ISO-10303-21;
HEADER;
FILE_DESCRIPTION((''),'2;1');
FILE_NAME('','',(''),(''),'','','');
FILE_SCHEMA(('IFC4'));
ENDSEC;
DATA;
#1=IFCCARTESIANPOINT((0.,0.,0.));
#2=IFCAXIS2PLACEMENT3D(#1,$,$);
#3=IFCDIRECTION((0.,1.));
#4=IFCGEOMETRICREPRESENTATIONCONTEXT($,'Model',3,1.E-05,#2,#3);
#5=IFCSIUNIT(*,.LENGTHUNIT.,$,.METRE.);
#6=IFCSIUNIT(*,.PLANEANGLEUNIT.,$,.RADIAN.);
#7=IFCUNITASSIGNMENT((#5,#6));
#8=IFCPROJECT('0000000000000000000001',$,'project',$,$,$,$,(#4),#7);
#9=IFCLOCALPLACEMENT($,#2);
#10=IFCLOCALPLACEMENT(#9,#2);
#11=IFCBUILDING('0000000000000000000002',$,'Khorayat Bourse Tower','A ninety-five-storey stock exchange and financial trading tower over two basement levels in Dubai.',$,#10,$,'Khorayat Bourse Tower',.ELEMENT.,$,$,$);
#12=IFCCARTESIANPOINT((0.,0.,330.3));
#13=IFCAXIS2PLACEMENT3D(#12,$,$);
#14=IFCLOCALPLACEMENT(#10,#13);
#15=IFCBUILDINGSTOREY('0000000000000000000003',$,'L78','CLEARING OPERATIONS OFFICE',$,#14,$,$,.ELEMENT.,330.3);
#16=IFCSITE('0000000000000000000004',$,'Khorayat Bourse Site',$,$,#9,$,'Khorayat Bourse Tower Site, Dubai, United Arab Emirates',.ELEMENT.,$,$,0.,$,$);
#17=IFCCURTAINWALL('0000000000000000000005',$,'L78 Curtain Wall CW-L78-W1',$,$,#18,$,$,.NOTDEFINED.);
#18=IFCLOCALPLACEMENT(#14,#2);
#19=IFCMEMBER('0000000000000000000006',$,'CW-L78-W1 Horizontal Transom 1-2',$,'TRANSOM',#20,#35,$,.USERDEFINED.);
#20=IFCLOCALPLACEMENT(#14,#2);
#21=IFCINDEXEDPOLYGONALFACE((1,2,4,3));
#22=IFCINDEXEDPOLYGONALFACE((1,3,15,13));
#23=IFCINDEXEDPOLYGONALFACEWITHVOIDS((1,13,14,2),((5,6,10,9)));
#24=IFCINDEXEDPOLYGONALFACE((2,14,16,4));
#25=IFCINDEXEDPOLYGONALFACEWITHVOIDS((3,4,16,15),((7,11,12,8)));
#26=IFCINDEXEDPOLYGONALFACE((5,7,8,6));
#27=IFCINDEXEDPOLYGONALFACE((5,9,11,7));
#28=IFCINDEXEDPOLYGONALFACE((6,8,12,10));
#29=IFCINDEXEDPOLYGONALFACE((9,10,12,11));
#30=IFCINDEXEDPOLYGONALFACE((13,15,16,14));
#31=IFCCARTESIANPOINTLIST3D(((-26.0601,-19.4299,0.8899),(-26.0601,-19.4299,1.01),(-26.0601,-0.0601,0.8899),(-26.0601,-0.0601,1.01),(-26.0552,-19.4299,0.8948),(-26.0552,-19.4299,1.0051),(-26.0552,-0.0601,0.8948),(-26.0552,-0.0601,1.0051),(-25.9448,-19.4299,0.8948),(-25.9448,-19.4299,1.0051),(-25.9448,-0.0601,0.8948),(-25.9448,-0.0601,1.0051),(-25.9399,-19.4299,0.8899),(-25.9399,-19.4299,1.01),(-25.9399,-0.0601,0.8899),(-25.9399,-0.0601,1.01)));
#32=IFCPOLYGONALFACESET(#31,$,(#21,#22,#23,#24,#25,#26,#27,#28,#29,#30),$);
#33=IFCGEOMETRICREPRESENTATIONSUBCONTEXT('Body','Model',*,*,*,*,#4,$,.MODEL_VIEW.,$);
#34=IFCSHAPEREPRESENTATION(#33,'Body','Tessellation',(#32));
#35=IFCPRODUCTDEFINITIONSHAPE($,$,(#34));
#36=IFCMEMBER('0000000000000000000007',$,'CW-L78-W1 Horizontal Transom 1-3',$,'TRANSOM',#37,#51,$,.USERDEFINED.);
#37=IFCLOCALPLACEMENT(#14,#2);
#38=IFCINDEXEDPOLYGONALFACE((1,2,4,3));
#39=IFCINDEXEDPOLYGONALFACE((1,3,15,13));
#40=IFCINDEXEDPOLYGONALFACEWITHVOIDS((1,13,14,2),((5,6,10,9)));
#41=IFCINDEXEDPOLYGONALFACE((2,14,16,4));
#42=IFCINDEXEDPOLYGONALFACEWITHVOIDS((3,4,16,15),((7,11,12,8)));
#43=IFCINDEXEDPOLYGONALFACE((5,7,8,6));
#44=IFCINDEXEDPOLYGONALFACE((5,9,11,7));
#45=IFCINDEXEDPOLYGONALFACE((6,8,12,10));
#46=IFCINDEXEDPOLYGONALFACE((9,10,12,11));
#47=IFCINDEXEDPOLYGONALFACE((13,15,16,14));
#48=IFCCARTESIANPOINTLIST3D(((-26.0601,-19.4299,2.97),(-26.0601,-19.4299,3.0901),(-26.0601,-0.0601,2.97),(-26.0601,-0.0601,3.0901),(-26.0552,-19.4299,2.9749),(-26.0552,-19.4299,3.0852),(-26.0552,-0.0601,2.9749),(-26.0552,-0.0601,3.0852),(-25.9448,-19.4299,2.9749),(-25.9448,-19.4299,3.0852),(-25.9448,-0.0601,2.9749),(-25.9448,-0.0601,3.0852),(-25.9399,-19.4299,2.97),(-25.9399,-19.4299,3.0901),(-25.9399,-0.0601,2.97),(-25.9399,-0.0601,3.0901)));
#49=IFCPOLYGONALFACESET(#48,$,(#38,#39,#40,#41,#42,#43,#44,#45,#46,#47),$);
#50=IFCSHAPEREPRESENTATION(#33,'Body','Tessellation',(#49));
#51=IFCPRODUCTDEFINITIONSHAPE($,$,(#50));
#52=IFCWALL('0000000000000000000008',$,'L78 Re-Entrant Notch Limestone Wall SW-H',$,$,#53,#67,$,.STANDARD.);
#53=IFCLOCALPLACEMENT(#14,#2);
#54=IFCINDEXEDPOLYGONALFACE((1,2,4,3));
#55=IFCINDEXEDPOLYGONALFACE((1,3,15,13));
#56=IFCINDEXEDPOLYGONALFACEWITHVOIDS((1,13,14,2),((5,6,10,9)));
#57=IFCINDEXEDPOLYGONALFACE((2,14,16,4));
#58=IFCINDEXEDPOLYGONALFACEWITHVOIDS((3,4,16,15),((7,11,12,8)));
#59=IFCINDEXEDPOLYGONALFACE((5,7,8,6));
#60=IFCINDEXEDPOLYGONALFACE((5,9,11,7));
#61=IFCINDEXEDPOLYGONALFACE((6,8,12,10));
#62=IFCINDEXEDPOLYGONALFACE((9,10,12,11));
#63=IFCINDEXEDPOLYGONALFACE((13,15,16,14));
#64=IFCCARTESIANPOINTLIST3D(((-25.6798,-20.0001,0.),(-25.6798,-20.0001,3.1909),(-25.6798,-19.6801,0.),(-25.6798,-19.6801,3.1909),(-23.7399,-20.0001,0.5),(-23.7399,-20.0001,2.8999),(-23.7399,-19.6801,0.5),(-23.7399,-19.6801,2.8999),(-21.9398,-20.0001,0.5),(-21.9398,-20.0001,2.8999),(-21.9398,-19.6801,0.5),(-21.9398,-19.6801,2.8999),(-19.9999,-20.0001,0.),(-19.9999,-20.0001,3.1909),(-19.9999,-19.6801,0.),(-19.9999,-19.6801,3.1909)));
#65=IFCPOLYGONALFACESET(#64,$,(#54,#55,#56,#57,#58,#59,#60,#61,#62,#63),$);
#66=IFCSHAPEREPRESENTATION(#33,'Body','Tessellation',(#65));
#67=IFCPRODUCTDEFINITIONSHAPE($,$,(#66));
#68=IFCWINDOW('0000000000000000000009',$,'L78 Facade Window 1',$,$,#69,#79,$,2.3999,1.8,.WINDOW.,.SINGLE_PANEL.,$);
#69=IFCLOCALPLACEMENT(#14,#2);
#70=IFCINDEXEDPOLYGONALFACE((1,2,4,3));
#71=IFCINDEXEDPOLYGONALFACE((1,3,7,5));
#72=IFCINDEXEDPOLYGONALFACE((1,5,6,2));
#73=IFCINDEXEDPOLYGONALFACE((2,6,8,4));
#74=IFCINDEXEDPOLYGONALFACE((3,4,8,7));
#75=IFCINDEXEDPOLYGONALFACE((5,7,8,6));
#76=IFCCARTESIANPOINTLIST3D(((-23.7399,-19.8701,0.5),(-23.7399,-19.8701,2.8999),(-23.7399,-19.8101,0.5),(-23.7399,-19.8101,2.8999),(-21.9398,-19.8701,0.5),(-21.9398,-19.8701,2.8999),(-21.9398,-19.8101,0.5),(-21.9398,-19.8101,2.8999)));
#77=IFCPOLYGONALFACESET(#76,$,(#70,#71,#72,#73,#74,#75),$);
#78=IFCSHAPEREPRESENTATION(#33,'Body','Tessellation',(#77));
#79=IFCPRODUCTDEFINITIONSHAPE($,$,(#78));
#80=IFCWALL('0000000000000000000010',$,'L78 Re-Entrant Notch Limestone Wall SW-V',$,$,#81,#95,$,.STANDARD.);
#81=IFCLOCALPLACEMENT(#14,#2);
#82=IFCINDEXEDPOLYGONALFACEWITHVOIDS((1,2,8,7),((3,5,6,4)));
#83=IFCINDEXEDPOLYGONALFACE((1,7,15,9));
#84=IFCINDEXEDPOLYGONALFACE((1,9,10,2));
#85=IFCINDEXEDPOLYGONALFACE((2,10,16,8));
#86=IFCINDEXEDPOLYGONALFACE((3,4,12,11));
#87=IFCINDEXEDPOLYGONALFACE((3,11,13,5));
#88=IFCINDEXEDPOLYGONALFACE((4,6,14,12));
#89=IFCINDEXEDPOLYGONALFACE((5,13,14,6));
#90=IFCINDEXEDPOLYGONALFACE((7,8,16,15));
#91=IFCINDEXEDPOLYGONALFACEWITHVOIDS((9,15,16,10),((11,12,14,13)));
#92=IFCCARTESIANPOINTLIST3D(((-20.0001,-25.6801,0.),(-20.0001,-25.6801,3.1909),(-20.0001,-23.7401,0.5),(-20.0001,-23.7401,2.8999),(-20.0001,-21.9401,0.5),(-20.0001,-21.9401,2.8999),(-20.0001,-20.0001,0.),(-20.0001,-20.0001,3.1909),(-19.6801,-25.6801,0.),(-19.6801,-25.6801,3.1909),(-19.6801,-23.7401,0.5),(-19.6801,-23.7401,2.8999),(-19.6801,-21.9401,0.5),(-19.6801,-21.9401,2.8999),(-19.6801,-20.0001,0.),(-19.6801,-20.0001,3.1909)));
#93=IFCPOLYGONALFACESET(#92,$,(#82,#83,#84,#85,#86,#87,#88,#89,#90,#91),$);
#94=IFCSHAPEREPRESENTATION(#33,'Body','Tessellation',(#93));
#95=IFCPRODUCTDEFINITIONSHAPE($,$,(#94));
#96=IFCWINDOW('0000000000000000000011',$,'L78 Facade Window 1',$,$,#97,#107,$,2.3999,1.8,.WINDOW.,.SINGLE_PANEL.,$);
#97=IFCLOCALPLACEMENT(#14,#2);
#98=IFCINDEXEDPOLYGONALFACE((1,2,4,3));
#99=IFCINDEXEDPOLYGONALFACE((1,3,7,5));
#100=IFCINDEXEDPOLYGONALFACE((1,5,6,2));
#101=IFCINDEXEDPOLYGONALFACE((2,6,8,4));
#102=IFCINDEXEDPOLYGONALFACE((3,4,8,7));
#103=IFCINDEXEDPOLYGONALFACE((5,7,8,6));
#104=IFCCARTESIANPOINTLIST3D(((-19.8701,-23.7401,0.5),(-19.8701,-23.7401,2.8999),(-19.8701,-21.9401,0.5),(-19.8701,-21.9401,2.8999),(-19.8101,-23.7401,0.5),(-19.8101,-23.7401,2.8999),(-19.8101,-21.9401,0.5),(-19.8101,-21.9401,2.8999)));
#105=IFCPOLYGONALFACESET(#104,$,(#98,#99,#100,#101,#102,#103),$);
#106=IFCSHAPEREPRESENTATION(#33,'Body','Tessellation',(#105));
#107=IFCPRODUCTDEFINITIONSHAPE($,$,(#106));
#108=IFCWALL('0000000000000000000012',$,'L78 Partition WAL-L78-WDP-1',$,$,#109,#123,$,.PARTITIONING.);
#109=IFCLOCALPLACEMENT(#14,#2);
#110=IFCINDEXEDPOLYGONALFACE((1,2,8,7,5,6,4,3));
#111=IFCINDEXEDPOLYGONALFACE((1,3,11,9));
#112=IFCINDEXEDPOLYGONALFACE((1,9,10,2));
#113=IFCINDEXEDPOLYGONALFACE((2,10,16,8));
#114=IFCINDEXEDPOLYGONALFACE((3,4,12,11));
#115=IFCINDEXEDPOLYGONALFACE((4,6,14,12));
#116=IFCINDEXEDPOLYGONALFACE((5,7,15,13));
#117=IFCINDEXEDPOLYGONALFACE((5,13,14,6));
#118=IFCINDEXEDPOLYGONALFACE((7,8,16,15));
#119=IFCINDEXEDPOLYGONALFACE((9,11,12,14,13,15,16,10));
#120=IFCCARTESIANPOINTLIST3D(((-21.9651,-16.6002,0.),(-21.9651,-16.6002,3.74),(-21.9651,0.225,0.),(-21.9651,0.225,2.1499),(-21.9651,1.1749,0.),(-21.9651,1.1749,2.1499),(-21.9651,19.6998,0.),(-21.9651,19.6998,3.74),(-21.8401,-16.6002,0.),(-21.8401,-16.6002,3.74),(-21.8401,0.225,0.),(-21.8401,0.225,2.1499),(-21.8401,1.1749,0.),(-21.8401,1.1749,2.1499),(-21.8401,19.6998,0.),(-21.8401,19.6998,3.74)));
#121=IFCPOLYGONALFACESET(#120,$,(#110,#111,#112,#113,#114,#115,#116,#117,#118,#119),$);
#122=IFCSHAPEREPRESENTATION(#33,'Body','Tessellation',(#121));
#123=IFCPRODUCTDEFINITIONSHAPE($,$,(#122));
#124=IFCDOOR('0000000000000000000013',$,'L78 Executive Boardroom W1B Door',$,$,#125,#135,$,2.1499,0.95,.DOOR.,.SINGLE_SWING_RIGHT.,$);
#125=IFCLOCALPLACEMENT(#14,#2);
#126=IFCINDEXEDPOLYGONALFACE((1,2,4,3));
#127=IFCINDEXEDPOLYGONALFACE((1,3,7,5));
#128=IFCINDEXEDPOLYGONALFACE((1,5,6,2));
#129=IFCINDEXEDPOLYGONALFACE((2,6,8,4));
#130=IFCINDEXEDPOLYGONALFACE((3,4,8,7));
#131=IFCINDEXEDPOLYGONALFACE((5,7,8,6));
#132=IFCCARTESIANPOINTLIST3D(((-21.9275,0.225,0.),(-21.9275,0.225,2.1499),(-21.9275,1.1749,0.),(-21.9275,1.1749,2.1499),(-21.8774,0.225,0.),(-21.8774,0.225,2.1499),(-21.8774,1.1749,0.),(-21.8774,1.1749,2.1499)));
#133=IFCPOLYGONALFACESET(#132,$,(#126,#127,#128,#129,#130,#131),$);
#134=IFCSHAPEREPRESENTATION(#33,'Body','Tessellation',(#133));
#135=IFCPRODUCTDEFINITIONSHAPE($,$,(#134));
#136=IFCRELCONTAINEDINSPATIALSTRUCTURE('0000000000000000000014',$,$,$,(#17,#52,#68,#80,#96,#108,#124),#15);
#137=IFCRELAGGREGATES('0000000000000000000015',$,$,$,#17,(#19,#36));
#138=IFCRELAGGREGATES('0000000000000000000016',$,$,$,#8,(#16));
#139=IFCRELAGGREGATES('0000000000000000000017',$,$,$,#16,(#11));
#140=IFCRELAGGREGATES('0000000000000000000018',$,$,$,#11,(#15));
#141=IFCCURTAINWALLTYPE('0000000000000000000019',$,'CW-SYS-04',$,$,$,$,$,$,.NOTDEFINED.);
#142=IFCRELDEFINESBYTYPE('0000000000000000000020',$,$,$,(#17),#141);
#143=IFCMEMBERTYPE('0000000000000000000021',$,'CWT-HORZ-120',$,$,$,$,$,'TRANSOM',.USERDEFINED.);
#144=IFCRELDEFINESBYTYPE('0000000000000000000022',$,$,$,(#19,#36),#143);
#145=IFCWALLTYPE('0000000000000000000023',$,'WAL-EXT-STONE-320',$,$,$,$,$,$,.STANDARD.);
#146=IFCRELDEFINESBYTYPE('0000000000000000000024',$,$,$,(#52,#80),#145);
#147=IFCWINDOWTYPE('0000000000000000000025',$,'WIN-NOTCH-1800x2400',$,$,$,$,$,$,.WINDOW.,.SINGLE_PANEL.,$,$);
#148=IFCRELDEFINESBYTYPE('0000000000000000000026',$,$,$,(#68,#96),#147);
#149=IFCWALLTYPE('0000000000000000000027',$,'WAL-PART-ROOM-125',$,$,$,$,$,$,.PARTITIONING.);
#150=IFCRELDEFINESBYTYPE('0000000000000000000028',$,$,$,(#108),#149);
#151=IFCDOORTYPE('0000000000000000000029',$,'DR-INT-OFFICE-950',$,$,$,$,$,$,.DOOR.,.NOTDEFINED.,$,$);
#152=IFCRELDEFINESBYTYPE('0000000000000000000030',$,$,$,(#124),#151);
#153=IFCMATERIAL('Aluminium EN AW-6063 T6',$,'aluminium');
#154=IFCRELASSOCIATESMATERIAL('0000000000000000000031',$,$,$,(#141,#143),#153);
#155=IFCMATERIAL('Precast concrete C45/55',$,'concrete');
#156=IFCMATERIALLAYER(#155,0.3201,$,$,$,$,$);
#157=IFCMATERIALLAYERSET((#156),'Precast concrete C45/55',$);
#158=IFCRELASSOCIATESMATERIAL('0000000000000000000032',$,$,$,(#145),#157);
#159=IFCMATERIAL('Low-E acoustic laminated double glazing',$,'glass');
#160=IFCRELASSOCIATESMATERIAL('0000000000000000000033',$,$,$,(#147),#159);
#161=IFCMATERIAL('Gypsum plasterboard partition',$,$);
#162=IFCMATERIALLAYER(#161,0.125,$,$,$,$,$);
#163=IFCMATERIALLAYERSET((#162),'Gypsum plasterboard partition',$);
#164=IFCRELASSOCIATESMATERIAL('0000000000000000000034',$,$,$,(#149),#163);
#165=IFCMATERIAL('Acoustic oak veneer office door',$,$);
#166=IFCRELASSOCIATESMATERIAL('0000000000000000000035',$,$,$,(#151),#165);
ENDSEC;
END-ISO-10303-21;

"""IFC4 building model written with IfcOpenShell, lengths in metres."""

from ifc_helpers import new_model, si_unit, direction, frame, frame_2d, origin, origin_2d, place, context, subcontext, project, spatial, rectangle, hollow_rectangle, extrude, source, transform, mapped, material, layer, layer_set, material_profile, profile_set, type_object, element, fill, aggregate, save


model = new_model("IFC4")

# Units and contexts
model_context = context("Model", 3, precision=1e-05, world=origin(), true_north=direction((0.0, 1.0)))
body_context = subcontext(model_context, "Body", "Model", "MODEL_VIEW")
ifc_project = project(units=[si_unit("LENGTHUNIT", "METRE"), si_unit("PLANEANGLEUNIT", "RADIAN")], contexts=[model_context])

# Site, building, storey
site_placement = place(None, origin())
site = spatial("IfcSite", under=ifc_project, at=site_placement, Name="Khorayat Bourse Site", LongName="Khorayat Bourse Tower Site, Dubai, United Arab Emirates", CompositionType="ELEMENT", RefElevation=0.0)
building_placement = place(site_placement, origin())
building = spatial("IfcBuilding", under=site, at=building_placement, Name="Khorayat Bourse Tower", Description="A ninety-five-storey stock exchange and financial trading tower over two basement levels in Dubai.", LongName="Khorayat Bourse Tower", CompositionType="ELEMENT")
storey_placement = place(building_placement, frame((0.0, 0.0, 330.3)))
storey = spatial("IfcBuildingStorey", under=building, at=storey_placement, Name="L78", Description="CLEARING OPERATIONS OFFICE", CompositionType="ELEMENT", Elevation=330.3)

# Shared definitions
ifc_material_1 = material(Name="Aluminium EN AW-6063 T6", Category="aluminium")
curtain_wall_type = type_object("IfcCurtainWallType", Name="CW-SYS-04", PredefinedType="NOTDEFINED", material=ifc_material_1)

# Curtain wall, members
curtain_wall_1_placement = place(storey_placement, origin())
curtain_wall_1 = element("IfcCurtainWall", 1, at=curtain_wall_1_placement, inside=storey, type_object=curtain_wall_type, Name="L78 Curtain Wall CW-L78-W1", PredefinedType="NOTDEFINED")
ifc_material_profile_1 = material_profile(ifc_material_1, hollow_rectangle(XDim=0.1201, YDim=0.1201, WallThickness=0.0049, at=origin_2d()), Name="ALU 120x120x5")
ifc_profile_set_1 = profile_set([ifc_material_profile_1], Name="Aluminium EN AW-6063 T6")
member_type_1 = type_object("IfcMemberType", Name="CWT-HORZ-120", ElementType="TRANSOM", PredefinedType="USERDEFINED", material=ifc_profile_set_1)
shared_shape_1 = source(origin(), body_context, "Body", "SweptSolid", [
    extrude(hollow_rectangle(XDim=0.1201, YDim=0.1201, WallThickness=0.0049, at=origin_2d()), origin(), (0.0, 0.0, 1.0), 19.3699),
])
member_1_placement = place(storey_placement, frame((-26.0, -19.4299, 0.95), z_axis=(0.0, 1.0, 0.0), x_axis=(-1.0, 0.0, 0.0)))
member_1 = element("IfcMember", 2, at=member_1_placement, type_object=member_type_1, Name="CW-L78-W1 Horizontal Transom 1-2", ObjectType="TRANSOM", PredefinedType="USERDEFINED", context=body_context, shape_type="MappedRepresentation", body=[
    mapped(shared_shape_1, transform((0.0, 0.0, 0.0), scale=1.0)),
])
member_2_placement = place(storey_placement, frame((-26.0, -19.4299, 3.03), z_axis=(0.0, 1.0, 0.0), x_axis=(-1.0, 0.0, 0.0)))
member_2 = element("IfcMember", 3, at=member_2_placement, type_object=member_type_1, Name="CW-L78-W1 Horizontal Transom 1-3", ObjectType="TRANSOM", PredefinedType="USERDEFINED", context=body_context, shape_type="MappedRepresentation", body=[
    mapped(shared_shape_1, transform((0.0, 0.0, 0.0), scale=1.0)),
])
aggregate(curtain_wall_1, [member_1, member_2])

# Walls, openings, windows
ifc_material_2 = material(Name="Precast concrete C45/55", Category="concrete")
ifc_layer_1 = layer(ifc_material_2, 0.3201)
ifc_layer_set_1 = layer_set([ifc_layer_1], Name="Precast concrete C45/55")
wall_type_1 = type_object("IfcWallType", Name="WAL-EXT-STONE-320", PredefinedType="STANDARD", material=ifc_layer_set_1)
shared_shape_2 = source(origin(), body_context, "Body", "SweptSolid", [
    extrude(rectangle(XDim=5.6799, YDim=0.3201, at=frame_2d((2.8398, 0.0))), origin(), (0.0, 0.0, 1.0), 3.1909),
])
wall_1_placement = place(storey_placement, frame((-20.0, -19.8401, 0.0), z_axis=(0.0, 0.0, 1.0), x_axis=(-1.0, 0.0, 0.0)))
wall_1 = element("IfcWall", 4, at=wall_1_placement, inside=storey, type_object=wall_type_1, Name="L78 Re-Entrant Notch Limestone Wall SW-H", PredefinedType="STANDARD", context=body_context, shape_type="MappedRepresentation", body=[
    mapped(shared_shape_2, transform((0.0, 0.0, 0.0), scale=1.0)),
])
shared_shape_3 = source(origin(), body_context, "Body", "SweptSolid", [
    extrude(rectangle(XDim=1.8, YDim=2.3999, at=frame_2d((0.8999, 1.2))), frame((0.0, 0.1699, 0.0), z_axis=(0.0, -1.0, 0.0), x_axis=(1.0, 0.0, 0.0)), (0.0, 0.0, 1.0), 0.3401),
])
opening_1_placement = place(wall_1_placement, frame((1.9399, 0.0, 0.5)))
opening_1 = element("IfcOpeningElement", 5, at=opening_1_placement, cuts=wall_1, PredefinedType="OPENING", context=body_context, shape_type="MappedRepresentation", body=[
    mapped(shared_shape_3, transform((0.0, 0.0, 0.0), scale=1.0)),
])
ifc_material_3 = material(Name="Low-E acoustic laminated double glazing", Category="glass")
window_type = type_object("IfcWindowType", Name="WIN-NOTCH-1800x2400", PartitioningType="SINGLE_PANEL", PredefinedType="WINDOW", material=ifc_material_3)
shared_shape_4 = source(origin(), body_context, "Body", "SweptSolid", [
    extrude(rectangle(XDim=1.8, YDim=2.3999, at=frame_2d((0.8999, 1.2))), frame((0.0, 0.03, 0.0), z_axis=(0.0, -1.0, 0.0), x_axis=(1.0, 0.0, 0.0)), (0.0, 0.0, 1.0), 0.0601),
])
window_1_placement = place(opening_1_placement, origin())
window_1 = element("IfcWindow", 6, at=window_1_placement, inside=storey, type_object=window_type, Name="L78 Facade Window 1", OverallHeight=2.3999, OverallWidth=1.8, PartitioningType="SINGLE_PANEL", PredefinedType="WINDOW", context=body_context, shape_type="MappedRepresentation", body=[
    mapped(shared_shape_4, transform((0.0, 0.0, 0.0), scale=1.0)),
])
fill(opening_1, window_1)
wall_2_placement = place(storey_placement, frame((-19.8401, -25.6799, 0.0), z_axis=(0.0, 0.0, 1.0), x_axis=(0.0, 1.0, 0.0)))
wall_2 = element("IfcWall", 7, at=wall_2_placement, inside=storey, type_object=wall_type_1, Name="L78 Re-Entrant Notch Limestone Wall SW-V", PredefinedType="STANDARD", context=body_context, shape_type="MappedRepresentation", body=[
    mapped(shared_shape_2, transform((0.0, 0.0, 0.0), scale=1.0)),
])
opening_2_placement = place(wall_2_placement, frame((1.9399, 0.0, 0.5)))
opening_2 = element("IfcOpeningElement", 8, at=opening_2_placement, cuts=wall_2, PredefinedType="OPENING", context=body_context, shape_type="MappedRepresentation", body=[
    mapped(shared_shape_3, transform((0.0, 0.0, 0.0), scale=1.0)),
])
window_2_placement = place(opening_2_placement, origin())
window_2 = element("IfcWindow", 9, at=window_2_placement, inside=storey, type_object=window_type, Name="L78 Facade Window 1", OverallHeight=2.3999, OverallWidth=1.8, PartitioningType="SINGLE_PANEL", PredefinedType="WINDOW", context=body_context, shape_type="MappedRepresentation", body=[
    mapped(shared_shape_4, transform((0.0, 0.0, 0.0), scale=1.0)),
])
fill(opening_2, window_2)

# Wall, opening, door
ifc_material_4 = material(Name="Gypsum plasterboard partition")
ifc_layer_2 = layer(ifc_material_4, 0.125)
ifc_layer_set_2 = layer_set([ifc_layer_2], Name="Gypsum plasterboard partition")
wall_type_2 = type_object("IfcWallType", Name="WAL-PART-ROOM-125", PredefinedType="PARTITIONING", material=ifc_layer_set_2)
shared_shape_5 = source(origin(), body_context, "Body", "SweptSolid", [
    extrude(rectangle(XDim=36.3, YDim=0.125, at=frame_2d((18.1499, 0.0))), origin(), (0.0, 0.0, 1.0), 3.74),
])
wall_3_placement = place(storey_placement, frame((-21.9026, -16.6001, 0.0), z_axis=(0.0, 0.0, 1.0), x_axis=(0.0, 1.0, 0.0)))
wall_3 = element("IfcWall", 10, at=wall_3_placement, inside=storey, type_object=wall_type_2, Name="L78 Partition WAL-L78-WDP-1", PredefinedType="PARTITIONING", context=body_context, shape_type="MappedRepresentation", body=[
    mapped(shared_shape_5, transform((0.0, 0.0, 0.0), scale=1.0)),
])
shared_shape_6 = source(origin(), body_context, "Body", "SweptSolid", [
    extrude(rectangle(XDim=0.95, YDim=2.1499, at=frame_2d((0.4751, 1.075))), frame((0.0, 0.0725, 0.0), z_axis=(0.0, -1.0, 0.0), x_axis=(1.0, 0.0, 0.0)), (0.0, 0.0, 1.0), 0.145),
])
opening_3_placement = place(wall_3_placement, frame((16.825, 0.0, 0.0)))
opening_3 = element("IfcOpeningElement", 11, at=opening_3_placement, cuts=wall_3, PredefinedType="OPENING", context=body_context, shape_type="MappedRepresentation", body=[
    mapped(shared_shape_6, transform((0.0, 0.0, 0.0), scale=1.0)),
])
ifc_material_5 = material(Name="Acoustic oak veneer office door")
door_type = type_object("IfcDoorType", Name="DR-INT-OFFICE-950", OperationType="NOTDEFINED", PredefinedType="DOOR", material=ifc_material_5)
shared_shape_7 = source(origin(), body_context, "Body", "SweptSolid", [
    extrude(rectangle(XDim=0.95, YDim=2.1499, at=frame_2d((0.4751, 1.075))), frame((0.0, 0.0249, 0.0), z_axis=(0.0, -1.0, 0.0), x_axis=(1.0, 0.0, 0.0)), (0.0, 0.0, 1.0), 0.05),
])
door_placement = place(opening_3_placement, origin())
door = element("IfcDoor", 12, at=door_placement, inside=storey, type_object=door_type, Name="L78 Executive Boardroom W1B Door", OperationType="SINGLE_SWING_RIGHT", OverallHeight=2.1499, OverallWidth=0.95, PredefinedType="DOOR", context=body_context, shape_type="MappedRepresentation", body=[
    mapped(shared_shape_7, transform((0.0, 0.0, 0.0), scale=1.0)),
])
fill(opening_3, door)

save(model, "model.ifc")
